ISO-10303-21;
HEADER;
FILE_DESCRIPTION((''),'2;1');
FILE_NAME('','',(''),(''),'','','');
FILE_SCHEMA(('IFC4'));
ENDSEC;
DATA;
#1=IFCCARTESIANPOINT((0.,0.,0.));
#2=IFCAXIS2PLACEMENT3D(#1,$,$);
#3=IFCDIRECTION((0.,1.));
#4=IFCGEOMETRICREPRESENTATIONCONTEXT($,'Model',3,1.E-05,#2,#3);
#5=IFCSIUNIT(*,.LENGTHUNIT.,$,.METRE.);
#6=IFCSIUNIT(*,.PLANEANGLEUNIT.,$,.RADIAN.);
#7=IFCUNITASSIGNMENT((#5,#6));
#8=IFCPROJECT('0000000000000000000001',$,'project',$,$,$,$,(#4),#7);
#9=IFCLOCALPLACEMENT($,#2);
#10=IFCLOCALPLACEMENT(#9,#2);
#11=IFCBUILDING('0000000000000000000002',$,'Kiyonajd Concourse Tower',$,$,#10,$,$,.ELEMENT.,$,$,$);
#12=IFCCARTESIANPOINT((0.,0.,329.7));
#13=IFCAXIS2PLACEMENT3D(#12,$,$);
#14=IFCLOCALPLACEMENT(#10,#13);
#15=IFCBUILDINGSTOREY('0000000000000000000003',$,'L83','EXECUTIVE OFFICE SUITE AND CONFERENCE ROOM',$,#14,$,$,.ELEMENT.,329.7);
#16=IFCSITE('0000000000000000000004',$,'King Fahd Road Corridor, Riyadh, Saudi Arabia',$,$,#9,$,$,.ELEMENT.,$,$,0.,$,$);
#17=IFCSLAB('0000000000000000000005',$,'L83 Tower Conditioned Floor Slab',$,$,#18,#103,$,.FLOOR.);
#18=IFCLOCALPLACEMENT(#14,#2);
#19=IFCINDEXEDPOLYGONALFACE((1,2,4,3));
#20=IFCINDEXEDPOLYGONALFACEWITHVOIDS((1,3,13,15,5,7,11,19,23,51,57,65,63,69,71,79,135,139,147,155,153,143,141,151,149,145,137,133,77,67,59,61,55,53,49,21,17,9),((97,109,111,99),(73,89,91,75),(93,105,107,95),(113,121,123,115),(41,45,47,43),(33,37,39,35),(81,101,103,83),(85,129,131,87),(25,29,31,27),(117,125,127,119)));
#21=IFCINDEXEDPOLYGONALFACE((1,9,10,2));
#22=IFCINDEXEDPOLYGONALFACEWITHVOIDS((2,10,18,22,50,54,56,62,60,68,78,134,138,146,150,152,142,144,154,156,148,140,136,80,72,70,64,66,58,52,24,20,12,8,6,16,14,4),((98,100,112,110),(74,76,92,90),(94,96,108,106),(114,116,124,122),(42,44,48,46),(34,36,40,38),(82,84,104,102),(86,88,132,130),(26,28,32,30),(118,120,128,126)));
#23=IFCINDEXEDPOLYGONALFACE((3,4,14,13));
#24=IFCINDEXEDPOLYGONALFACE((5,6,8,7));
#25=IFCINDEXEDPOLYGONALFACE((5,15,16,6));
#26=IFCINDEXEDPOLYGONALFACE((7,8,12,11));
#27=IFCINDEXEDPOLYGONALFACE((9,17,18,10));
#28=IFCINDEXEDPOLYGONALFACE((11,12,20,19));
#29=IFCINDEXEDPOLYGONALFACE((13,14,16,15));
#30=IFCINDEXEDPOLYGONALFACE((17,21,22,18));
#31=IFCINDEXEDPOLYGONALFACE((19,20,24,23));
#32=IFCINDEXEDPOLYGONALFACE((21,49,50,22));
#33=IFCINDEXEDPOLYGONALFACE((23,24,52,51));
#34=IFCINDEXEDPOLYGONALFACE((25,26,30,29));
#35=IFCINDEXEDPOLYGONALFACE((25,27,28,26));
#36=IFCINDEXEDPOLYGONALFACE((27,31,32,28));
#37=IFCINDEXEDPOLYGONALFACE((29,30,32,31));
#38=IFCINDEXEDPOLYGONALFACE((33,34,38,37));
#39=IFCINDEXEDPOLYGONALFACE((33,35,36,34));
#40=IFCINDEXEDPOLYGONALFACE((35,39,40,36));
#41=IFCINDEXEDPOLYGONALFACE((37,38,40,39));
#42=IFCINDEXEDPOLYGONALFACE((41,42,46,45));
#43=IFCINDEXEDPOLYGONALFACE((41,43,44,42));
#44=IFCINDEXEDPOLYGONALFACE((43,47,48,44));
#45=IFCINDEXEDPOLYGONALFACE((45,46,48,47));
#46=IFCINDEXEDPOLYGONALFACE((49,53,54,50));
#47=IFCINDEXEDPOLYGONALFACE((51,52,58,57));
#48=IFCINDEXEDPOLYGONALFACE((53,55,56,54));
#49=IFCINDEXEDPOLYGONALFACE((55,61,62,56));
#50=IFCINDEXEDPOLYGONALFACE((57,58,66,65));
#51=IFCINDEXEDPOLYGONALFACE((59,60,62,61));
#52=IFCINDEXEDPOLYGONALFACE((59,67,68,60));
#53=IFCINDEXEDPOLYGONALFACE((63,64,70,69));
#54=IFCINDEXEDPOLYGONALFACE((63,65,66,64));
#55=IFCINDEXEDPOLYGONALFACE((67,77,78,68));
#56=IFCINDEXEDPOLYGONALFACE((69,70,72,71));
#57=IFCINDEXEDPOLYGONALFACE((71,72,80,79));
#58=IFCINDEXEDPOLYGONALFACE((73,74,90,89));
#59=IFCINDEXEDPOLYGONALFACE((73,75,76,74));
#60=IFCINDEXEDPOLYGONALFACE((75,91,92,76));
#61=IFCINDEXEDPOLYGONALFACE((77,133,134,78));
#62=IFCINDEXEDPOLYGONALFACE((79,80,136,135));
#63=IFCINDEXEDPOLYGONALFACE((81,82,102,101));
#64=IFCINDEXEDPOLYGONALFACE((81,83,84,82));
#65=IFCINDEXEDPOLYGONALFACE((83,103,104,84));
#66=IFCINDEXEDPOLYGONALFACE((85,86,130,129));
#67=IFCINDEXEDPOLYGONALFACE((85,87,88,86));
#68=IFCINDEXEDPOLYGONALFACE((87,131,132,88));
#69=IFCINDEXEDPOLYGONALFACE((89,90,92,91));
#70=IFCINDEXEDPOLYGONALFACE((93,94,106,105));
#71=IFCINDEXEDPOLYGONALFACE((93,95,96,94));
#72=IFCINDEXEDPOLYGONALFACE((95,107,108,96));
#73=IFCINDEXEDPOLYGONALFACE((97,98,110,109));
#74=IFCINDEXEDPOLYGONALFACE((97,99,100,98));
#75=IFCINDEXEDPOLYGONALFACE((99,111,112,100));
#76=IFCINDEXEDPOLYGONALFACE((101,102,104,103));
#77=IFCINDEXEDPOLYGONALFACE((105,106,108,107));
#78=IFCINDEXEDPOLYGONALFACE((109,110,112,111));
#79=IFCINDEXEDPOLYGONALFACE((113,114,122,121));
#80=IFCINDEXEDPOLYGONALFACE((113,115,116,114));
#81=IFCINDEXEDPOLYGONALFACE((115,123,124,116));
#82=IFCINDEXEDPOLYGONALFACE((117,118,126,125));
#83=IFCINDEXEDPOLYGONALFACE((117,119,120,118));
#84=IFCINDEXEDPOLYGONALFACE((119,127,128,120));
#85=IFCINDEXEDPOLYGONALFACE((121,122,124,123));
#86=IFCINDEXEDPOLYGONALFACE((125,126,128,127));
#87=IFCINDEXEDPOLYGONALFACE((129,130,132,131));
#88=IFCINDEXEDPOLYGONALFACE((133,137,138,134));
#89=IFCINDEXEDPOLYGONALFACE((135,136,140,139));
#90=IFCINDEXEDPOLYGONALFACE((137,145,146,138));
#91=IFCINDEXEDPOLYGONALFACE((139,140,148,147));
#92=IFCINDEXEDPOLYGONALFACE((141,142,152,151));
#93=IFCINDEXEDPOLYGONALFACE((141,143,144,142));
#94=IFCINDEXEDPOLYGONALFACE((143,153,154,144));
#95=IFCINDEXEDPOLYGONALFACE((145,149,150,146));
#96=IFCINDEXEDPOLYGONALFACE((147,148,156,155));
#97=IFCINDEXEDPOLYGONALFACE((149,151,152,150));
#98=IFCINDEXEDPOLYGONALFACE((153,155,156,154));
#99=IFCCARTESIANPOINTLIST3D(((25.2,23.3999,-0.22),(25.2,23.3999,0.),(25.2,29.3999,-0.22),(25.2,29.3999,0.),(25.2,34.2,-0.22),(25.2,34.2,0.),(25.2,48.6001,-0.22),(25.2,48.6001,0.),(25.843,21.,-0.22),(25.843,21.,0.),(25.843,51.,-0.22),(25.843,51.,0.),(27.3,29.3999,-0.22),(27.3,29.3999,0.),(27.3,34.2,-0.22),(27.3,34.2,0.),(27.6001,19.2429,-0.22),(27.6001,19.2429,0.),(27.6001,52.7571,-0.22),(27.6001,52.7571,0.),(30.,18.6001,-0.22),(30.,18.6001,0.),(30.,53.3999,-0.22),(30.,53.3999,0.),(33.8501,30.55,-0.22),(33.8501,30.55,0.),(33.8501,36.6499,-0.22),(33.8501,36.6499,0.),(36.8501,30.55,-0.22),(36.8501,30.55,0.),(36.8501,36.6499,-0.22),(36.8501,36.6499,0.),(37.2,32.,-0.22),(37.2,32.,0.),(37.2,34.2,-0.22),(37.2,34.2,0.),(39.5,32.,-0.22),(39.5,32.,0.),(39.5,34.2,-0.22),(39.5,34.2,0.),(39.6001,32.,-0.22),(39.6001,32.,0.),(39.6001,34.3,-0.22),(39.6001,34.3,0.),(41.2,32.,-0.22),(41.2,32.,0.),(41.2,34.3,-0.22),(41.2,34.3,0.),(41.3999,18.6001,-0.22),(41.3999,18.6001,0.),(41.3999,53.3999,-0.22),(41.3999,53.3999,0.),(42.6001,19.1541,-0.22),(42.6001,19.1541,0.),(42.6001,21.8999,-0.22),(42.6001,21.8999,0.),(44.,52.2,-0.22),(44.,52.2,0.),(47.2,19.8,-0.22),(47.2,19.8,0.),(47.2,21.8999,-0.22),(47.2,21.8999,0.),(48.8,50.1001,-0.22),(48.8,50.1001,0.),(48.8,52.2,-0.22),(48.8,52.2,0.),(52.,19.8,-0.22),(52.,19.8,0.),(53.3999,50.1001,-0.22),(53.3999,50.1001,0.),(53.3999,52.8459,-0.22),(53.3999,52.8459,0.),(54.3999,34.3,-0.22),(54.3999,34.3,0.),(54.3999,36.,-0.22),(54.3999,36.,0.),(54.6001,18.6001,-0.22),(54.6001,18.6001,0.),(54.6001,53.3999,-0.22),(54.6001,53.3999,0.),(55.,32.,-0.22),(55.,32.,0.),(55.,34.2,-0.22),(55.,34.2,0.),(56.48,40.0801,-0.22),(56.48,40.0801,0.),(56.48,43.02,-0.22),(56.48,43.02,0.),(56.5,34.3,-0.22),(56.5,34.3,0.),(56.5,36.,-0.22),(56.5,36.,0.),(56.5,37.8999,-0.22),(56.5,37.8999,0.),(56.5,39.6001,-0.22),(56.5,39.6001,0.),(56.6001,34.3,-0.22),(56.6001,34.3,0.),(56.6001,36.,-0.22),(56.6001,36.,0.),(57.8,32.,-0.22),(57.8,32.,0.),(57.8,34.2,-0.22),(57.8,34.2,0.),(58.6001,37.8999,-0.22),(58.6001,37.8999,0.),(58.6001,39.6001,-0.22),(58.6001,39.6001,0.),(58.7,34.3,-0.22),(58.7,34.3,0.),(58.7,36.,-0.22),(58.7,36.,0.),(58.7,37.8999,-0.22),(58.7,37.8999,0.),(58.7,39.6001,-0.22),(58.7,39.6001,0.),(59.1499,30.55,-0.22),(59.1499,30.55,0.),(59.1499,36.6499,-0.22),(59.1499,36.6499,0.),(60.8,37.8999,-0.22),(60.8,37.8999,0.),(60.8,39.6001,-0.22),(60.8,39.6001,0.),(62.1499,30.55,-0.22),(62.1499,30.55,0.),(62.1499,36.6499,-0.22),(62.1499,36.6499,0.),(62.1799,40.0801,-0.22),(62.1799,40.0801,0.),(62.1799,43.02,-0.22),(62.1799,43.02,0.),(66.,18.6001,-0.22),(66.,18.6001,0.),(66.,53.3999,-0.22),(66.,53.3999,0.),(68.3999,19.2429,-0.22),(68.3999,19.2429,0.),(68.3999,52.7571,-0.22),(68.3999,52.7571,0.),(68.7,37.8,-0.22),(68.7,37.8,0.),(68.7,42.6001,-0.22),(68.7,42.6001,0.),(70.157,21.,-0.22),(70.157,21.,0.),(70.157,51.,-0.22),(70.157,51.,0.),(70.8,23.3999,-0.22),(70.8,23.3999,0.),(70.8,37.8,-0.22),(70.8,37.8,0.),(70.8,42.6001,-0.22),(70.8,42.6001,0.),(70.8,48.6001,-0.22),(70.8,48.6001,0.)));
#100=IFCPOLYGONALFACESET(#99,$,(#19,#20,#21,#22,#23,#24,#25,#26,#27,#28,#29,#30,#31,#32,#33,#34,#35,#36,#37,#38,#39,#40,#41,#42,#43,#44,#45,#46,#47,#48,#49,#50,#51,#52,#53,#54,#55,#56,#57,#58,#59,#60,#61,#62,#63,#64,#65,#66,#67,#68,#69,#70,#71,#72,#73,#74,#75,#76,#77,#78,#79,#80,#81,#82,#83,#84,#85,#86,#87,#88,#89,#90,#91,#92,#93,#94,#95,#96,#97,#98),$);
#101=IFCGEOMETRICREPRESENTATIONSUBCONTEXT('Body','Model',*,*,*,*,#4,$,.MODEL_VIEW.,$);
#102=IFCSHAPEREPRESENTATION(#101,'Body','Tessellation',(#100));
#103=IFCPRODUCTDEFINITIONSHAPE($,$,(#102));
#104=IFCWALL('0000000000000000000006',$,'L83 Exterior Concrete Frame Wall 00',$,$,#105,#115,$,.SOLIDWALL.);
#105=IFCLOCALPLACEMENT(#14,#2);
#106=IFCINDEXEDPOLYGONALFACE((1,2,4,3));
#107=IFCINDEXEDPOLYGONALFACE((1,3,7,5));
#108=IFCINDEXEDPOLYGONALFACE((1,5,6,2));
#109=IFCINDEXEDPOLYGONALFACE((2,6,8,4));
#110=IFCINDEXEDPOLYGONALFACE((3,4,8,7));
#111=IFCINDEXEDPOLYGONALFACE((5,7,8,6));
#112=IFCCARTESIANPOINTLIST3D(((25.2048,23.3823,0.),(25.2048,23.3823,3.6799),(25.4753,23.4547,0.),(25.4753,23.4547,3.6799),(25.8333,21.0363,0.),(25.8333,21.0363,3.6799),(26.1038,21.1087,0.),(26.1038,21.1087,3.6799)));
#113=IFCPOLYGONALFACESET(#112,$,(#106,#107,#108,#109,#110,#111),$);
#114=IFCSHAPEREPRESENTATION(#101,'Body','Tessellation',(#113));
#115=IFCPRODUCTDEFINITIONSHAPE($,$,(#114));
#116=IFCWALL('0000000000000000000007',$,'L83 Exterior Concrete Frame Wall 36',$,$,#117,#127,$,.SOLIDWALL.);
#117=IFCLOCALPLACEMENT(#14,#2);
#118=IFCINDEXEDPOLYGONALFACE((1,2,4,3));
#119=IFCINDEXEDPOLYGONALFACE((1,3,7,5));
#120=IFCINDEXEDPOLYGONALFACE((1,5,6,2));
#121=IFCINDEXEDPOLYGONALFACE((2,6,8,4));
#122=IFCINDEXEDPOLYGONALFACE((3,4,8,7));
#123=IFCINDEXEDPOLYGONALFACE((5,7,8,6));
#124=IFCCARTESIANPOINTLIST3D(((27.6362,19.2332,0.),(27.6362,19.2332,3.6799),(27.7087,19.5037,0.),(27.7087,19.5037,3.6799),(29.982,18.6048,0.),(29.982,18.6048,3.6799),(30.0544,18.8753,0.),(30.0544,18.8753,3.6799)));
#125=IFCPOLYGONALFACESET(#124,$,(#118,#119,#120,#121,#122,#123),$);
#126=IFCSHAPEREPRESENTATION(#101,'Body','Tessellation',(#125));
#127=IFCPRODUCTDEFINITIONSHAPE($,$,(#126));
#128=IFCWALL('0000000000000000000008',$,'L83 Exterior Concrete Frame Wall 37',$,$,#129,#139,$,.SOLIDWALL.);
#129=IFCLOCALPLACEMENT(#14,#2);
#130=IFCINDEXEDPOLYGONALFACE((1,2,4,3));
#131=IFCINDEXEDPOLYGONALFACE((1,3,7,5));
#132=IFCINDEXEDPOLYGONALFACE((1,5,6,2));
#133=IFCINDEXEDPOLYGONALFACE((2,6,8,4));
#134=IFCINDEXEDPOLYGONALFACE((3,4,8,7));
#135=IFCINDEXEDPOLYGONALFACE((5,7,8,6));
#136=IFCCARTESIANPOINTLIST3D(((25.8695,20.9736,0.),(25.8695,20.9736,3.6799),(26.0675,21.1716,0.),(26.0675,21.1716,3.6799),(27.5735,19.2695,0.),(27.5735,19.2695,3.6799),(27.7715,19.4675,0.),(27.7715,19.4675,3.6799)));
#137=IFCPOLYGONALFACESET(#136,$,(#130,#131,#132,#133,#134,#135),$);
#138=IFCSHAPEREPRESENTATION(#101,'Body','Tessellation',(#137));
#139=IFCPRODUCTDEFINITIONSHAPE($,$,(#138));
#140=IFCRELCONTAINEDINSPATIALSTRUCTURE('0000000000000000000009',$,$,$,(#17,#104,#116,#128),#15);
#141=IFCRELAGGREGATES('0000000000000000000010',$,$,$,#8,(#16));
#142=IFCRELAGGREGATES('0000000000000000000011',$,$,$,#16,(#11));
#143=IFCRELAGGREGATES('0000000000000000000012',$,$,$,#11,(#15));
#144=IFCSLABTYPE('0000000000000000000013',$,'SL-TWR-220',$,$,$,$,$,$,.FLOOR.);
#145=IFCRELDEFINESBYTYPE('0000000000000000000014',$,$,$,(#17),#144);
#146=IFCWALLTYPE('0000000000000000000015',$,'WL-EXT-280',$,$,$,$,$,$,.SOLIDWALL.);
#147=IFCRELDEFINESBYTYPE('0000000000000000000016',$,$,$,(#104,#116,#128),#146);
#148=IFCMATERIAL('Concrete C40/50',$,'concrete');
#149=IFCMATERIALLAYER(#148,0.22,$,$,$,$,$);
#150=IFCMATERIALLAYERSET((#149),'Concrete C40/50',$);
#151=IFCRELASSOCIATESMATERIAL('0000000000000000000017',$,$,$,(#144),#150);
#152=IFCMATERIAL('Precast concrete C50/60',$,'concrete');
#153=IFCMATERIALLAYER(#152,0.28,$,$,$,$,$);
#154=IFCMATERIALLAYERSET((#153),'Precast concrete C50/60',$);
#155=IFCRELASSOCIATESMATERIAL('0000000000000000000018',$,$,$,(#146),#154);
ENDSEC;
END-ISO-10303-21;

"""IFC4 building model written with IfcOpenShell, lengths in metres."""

from ifc_helpers import new_model, si_unit, direction, frame, frame_2d, origin, place, context, subcontext, project, spatial, polyline, rectangle, outline, extrude, material, layer, layer_set, type_object, element, save


model = new_model("IFC4")

# Units and contexts
model_context = context("Model", 3, precision=1e-05, world=origin(), true_north=direction((0.0, 1.0)))
body_context = subcontext(model_context, "Body", "Model", "MODEL_VIEW")
ifc_project = project(units=[si_unit("LENGTHUNIT", "METRE"), si_unit("PLANEANGLEUNIT", "RADIAN")], contexts=[model_context])

# Site, building, storey
site_placement = place(None, origin())
site = spatial("IfcSite", under=ifc_project, at=site_placement, Name="King Fahd Road Corridor, Riyadh, Saudi Arabia", CompositionType="ELEMENT", RefElevation=0.0)
building_placement = place(site_placement, origin())
building = spatial("IfcBuilding", under=site, at=building_placement, Name="Kiyonajd Concourse Tower", CompositionType="ELEMENT")
storey_placement = place(building_placement, frame((0.0, 0.0, 329.7)))
storey = spatial("IfcBuildingStorey", under=building, at=storey_placement, Name="L83", Description="EXECUTIVE OFFICE SUITE AND CONFERENCE ROOM", CompositionType="ELEMENT", Elevation=329.7)

# Shared definitions
ifc_material_1 = material(Name="Concrete C40/50", Category="concrete")

# Slab
ifc_material_2 = material(Name="Precast concrete C50/60", Category="concrete")
ifc_layer_1 = layer(ifc_material_1, 0.22)
ifc_layer_set_1 = layer_set([ifc_layer_1], Name="Concrete C40/50")
slab_type_1 = type_object("IfcSlabType", Name="SL-TWR-220", PredefinedType="FLOOR", material=ifc_layer_set_1)
slab_1_placement = place(storey_placement, frame((0.0, 0.0, -0.22)))
element("IfcSlab", 1, at=slab_1_placement, inside=storey, type_object=slab_type_1, Name="L83 Tower Conditioned Floor Slab", PredefinedType="FLOOR", context=body_context, shape_type="SweptSolid", body=[
    extrude(outline(polyline([(25.843, 21.0), (25.2, 23.3999), (25.2, 29.3999), (27.3, 29.3999), (27.3, 34.2), (25.2, 34.2), (25.2, 48.6001), (25.843, 51.0), (27.6001, 52.7571), (30.0, 53.3999), (41.3999, 53.3999), (44.0, 52.2), (48.8, 52.2), (48.8, 50.1001), (53.3999, 50.1001), (53.3999, 52.8459), (54.6001, 53.3999), (66.0, 53.3999), (68.3999, 52.7571), (70.157, 51.0), (70.8, 48.6001), (70.8, 42.6001), (68.7, 42.6001), (68.7, 37.8), (70.8, 37.8), (70.8, 23.3999), (70.157, 21.0), (68.3999, 19.2429), (66.0, 18.6001), (54.6001, 18.6001), (52.0, 19.8), (47.2, 19.8), (47.2, 21.8999), (42.6001, 21.8999), (42.6001, 19.1541), (41.3999, 18.6001), (30.0, 18.6001), (27.6001, 19.2429), (25.843, 21.0)]), holes=[polyline([(39.5, 32.0), (37.2, 32.0), (37.2, 34.2), (39.5, 34.2), (39.5, 32.0)]), polyline([(57.8, 32.0), (55.0, 32.0), (55.0, 34.2), (57.8, 34.2), (57.8, 32.0)]), polyline([(41.2, 32.0), (39.6001, 32.0), (39.6001, 34.3), (41.2, 34.3), (41.2, 32.0)]), polyline([(33.8501, 30.55), (33.8501, 36.6499), (36.8501, 36.6499), (36.8501, 30.55), (33.8501, 30.55)]), polyline([(59.1499, 30.55), (59.1499, 36.6499), (62.1499, 36.6499), (62.1499, 30.55), (59.1499, 30.55)]), polyline([(56.5, 34.3), (54.3999, 34.3), (54.3999, 36.0), (56.5, 36.0), (56.5, 34.3)]), polyline([(58.7, 34.3), (56.6001, 34.3), (56.6001, 36.0), (58.7, 36.0), (58.7, 34.3)]), polyline([(58.6001, 37.8999), (56.5, 37.8999), (56.5, 39.6001), (58.6001, 39.6001), (58.6001, 37.8999)]), polyline([(58.7, 37.8999), (58.7, 39.6001), (60.8, 39.6001), (60.8, 37.8999), (58.7, 37.8999)]), polyline([(56.48, 43.02), (62.1799, 43.02), (62.1799, 40.0801), (56.48, 40.0801), (56.48, 43.02)])]), origin(), (0.0, 0.0, 1.0), 0.22),
])

# Walls
ifc_layer_2 = layer(ifc_material_2, 0.28)
ifc_layer_set_2 = layer_set([ifc_layer_2], Name="Precast concrete C50/60")
wall_type = type_object("IfcWallType", Name="WL-EXT-280", PredefinedType="SOLIDWALL", material=ifc_layer_set_2)
wall_1_placement = place(storey_placement, frame((25.9685, 21.0725, 0.0), z_axis=(0.0, 0.0, 1.0), x_axis=(-0.258751, 0.965944, 0.0)))
element("IfcWall", 2, at=wall_1_placement, inside=storey, type_object=wall_type, Name="L83 Exterior Concrete Frame Wall 00", PredefinedType="SOLIDWALL", context=body_context, shape_type="SweptSolid", body=[
    extrude(rectangle(XDim=2.4287, YDim=0.28, at=frame_2d((1.2144, 0.0))), origin(), (0.0, 0.0, 1.0), 3.6799),
])
wall_2_placement = place(storey_placement, frame((30.0183, 18.74, 0.0), z_axis=(0.0, 0.0, 1.0), x_axis=(-0.965937, 0.258776, 0.0)))
element("IfcWall", 3, at=wall_2_placement, inside=storey, type_object=wall_type, Name="L83 Exterior Concrete Frame Wall 36", PredefinedType="SOLIDWALL", context=body_context, shape_type="SweptSolid", body=[
    extrude(rectangle(XDim=2.4285, YDim=0.28, at=frame_2d((1.2144, 0.0))), origin(), (0.0, 0.0, 1.0), 3.6799),
])
wall_3_placement = place(storey_placement, frame((27.6726, 19.3684, 0.0), z_axis=(0.0, 0.0, 1.0), x_axis=(-0.707107, 0.707107, 0.0)))
element("IfcWall", 4, at=wall_3_placement, inside=storey, type_object=wall_type, Name="L83 Exterior Concrete Frame Wall 37", PredefinedType="SOLIDWALL", context=body_context, shape_type="SweptSolid", body=[
    extrude(rectangle(XDim=2.4099, YDim=0.28, at=frame_2d((1.2051, 0.0))), origin(), (0.0, 0.0, 1.0), 3.6799),
])

save(model, "model.ifc")
